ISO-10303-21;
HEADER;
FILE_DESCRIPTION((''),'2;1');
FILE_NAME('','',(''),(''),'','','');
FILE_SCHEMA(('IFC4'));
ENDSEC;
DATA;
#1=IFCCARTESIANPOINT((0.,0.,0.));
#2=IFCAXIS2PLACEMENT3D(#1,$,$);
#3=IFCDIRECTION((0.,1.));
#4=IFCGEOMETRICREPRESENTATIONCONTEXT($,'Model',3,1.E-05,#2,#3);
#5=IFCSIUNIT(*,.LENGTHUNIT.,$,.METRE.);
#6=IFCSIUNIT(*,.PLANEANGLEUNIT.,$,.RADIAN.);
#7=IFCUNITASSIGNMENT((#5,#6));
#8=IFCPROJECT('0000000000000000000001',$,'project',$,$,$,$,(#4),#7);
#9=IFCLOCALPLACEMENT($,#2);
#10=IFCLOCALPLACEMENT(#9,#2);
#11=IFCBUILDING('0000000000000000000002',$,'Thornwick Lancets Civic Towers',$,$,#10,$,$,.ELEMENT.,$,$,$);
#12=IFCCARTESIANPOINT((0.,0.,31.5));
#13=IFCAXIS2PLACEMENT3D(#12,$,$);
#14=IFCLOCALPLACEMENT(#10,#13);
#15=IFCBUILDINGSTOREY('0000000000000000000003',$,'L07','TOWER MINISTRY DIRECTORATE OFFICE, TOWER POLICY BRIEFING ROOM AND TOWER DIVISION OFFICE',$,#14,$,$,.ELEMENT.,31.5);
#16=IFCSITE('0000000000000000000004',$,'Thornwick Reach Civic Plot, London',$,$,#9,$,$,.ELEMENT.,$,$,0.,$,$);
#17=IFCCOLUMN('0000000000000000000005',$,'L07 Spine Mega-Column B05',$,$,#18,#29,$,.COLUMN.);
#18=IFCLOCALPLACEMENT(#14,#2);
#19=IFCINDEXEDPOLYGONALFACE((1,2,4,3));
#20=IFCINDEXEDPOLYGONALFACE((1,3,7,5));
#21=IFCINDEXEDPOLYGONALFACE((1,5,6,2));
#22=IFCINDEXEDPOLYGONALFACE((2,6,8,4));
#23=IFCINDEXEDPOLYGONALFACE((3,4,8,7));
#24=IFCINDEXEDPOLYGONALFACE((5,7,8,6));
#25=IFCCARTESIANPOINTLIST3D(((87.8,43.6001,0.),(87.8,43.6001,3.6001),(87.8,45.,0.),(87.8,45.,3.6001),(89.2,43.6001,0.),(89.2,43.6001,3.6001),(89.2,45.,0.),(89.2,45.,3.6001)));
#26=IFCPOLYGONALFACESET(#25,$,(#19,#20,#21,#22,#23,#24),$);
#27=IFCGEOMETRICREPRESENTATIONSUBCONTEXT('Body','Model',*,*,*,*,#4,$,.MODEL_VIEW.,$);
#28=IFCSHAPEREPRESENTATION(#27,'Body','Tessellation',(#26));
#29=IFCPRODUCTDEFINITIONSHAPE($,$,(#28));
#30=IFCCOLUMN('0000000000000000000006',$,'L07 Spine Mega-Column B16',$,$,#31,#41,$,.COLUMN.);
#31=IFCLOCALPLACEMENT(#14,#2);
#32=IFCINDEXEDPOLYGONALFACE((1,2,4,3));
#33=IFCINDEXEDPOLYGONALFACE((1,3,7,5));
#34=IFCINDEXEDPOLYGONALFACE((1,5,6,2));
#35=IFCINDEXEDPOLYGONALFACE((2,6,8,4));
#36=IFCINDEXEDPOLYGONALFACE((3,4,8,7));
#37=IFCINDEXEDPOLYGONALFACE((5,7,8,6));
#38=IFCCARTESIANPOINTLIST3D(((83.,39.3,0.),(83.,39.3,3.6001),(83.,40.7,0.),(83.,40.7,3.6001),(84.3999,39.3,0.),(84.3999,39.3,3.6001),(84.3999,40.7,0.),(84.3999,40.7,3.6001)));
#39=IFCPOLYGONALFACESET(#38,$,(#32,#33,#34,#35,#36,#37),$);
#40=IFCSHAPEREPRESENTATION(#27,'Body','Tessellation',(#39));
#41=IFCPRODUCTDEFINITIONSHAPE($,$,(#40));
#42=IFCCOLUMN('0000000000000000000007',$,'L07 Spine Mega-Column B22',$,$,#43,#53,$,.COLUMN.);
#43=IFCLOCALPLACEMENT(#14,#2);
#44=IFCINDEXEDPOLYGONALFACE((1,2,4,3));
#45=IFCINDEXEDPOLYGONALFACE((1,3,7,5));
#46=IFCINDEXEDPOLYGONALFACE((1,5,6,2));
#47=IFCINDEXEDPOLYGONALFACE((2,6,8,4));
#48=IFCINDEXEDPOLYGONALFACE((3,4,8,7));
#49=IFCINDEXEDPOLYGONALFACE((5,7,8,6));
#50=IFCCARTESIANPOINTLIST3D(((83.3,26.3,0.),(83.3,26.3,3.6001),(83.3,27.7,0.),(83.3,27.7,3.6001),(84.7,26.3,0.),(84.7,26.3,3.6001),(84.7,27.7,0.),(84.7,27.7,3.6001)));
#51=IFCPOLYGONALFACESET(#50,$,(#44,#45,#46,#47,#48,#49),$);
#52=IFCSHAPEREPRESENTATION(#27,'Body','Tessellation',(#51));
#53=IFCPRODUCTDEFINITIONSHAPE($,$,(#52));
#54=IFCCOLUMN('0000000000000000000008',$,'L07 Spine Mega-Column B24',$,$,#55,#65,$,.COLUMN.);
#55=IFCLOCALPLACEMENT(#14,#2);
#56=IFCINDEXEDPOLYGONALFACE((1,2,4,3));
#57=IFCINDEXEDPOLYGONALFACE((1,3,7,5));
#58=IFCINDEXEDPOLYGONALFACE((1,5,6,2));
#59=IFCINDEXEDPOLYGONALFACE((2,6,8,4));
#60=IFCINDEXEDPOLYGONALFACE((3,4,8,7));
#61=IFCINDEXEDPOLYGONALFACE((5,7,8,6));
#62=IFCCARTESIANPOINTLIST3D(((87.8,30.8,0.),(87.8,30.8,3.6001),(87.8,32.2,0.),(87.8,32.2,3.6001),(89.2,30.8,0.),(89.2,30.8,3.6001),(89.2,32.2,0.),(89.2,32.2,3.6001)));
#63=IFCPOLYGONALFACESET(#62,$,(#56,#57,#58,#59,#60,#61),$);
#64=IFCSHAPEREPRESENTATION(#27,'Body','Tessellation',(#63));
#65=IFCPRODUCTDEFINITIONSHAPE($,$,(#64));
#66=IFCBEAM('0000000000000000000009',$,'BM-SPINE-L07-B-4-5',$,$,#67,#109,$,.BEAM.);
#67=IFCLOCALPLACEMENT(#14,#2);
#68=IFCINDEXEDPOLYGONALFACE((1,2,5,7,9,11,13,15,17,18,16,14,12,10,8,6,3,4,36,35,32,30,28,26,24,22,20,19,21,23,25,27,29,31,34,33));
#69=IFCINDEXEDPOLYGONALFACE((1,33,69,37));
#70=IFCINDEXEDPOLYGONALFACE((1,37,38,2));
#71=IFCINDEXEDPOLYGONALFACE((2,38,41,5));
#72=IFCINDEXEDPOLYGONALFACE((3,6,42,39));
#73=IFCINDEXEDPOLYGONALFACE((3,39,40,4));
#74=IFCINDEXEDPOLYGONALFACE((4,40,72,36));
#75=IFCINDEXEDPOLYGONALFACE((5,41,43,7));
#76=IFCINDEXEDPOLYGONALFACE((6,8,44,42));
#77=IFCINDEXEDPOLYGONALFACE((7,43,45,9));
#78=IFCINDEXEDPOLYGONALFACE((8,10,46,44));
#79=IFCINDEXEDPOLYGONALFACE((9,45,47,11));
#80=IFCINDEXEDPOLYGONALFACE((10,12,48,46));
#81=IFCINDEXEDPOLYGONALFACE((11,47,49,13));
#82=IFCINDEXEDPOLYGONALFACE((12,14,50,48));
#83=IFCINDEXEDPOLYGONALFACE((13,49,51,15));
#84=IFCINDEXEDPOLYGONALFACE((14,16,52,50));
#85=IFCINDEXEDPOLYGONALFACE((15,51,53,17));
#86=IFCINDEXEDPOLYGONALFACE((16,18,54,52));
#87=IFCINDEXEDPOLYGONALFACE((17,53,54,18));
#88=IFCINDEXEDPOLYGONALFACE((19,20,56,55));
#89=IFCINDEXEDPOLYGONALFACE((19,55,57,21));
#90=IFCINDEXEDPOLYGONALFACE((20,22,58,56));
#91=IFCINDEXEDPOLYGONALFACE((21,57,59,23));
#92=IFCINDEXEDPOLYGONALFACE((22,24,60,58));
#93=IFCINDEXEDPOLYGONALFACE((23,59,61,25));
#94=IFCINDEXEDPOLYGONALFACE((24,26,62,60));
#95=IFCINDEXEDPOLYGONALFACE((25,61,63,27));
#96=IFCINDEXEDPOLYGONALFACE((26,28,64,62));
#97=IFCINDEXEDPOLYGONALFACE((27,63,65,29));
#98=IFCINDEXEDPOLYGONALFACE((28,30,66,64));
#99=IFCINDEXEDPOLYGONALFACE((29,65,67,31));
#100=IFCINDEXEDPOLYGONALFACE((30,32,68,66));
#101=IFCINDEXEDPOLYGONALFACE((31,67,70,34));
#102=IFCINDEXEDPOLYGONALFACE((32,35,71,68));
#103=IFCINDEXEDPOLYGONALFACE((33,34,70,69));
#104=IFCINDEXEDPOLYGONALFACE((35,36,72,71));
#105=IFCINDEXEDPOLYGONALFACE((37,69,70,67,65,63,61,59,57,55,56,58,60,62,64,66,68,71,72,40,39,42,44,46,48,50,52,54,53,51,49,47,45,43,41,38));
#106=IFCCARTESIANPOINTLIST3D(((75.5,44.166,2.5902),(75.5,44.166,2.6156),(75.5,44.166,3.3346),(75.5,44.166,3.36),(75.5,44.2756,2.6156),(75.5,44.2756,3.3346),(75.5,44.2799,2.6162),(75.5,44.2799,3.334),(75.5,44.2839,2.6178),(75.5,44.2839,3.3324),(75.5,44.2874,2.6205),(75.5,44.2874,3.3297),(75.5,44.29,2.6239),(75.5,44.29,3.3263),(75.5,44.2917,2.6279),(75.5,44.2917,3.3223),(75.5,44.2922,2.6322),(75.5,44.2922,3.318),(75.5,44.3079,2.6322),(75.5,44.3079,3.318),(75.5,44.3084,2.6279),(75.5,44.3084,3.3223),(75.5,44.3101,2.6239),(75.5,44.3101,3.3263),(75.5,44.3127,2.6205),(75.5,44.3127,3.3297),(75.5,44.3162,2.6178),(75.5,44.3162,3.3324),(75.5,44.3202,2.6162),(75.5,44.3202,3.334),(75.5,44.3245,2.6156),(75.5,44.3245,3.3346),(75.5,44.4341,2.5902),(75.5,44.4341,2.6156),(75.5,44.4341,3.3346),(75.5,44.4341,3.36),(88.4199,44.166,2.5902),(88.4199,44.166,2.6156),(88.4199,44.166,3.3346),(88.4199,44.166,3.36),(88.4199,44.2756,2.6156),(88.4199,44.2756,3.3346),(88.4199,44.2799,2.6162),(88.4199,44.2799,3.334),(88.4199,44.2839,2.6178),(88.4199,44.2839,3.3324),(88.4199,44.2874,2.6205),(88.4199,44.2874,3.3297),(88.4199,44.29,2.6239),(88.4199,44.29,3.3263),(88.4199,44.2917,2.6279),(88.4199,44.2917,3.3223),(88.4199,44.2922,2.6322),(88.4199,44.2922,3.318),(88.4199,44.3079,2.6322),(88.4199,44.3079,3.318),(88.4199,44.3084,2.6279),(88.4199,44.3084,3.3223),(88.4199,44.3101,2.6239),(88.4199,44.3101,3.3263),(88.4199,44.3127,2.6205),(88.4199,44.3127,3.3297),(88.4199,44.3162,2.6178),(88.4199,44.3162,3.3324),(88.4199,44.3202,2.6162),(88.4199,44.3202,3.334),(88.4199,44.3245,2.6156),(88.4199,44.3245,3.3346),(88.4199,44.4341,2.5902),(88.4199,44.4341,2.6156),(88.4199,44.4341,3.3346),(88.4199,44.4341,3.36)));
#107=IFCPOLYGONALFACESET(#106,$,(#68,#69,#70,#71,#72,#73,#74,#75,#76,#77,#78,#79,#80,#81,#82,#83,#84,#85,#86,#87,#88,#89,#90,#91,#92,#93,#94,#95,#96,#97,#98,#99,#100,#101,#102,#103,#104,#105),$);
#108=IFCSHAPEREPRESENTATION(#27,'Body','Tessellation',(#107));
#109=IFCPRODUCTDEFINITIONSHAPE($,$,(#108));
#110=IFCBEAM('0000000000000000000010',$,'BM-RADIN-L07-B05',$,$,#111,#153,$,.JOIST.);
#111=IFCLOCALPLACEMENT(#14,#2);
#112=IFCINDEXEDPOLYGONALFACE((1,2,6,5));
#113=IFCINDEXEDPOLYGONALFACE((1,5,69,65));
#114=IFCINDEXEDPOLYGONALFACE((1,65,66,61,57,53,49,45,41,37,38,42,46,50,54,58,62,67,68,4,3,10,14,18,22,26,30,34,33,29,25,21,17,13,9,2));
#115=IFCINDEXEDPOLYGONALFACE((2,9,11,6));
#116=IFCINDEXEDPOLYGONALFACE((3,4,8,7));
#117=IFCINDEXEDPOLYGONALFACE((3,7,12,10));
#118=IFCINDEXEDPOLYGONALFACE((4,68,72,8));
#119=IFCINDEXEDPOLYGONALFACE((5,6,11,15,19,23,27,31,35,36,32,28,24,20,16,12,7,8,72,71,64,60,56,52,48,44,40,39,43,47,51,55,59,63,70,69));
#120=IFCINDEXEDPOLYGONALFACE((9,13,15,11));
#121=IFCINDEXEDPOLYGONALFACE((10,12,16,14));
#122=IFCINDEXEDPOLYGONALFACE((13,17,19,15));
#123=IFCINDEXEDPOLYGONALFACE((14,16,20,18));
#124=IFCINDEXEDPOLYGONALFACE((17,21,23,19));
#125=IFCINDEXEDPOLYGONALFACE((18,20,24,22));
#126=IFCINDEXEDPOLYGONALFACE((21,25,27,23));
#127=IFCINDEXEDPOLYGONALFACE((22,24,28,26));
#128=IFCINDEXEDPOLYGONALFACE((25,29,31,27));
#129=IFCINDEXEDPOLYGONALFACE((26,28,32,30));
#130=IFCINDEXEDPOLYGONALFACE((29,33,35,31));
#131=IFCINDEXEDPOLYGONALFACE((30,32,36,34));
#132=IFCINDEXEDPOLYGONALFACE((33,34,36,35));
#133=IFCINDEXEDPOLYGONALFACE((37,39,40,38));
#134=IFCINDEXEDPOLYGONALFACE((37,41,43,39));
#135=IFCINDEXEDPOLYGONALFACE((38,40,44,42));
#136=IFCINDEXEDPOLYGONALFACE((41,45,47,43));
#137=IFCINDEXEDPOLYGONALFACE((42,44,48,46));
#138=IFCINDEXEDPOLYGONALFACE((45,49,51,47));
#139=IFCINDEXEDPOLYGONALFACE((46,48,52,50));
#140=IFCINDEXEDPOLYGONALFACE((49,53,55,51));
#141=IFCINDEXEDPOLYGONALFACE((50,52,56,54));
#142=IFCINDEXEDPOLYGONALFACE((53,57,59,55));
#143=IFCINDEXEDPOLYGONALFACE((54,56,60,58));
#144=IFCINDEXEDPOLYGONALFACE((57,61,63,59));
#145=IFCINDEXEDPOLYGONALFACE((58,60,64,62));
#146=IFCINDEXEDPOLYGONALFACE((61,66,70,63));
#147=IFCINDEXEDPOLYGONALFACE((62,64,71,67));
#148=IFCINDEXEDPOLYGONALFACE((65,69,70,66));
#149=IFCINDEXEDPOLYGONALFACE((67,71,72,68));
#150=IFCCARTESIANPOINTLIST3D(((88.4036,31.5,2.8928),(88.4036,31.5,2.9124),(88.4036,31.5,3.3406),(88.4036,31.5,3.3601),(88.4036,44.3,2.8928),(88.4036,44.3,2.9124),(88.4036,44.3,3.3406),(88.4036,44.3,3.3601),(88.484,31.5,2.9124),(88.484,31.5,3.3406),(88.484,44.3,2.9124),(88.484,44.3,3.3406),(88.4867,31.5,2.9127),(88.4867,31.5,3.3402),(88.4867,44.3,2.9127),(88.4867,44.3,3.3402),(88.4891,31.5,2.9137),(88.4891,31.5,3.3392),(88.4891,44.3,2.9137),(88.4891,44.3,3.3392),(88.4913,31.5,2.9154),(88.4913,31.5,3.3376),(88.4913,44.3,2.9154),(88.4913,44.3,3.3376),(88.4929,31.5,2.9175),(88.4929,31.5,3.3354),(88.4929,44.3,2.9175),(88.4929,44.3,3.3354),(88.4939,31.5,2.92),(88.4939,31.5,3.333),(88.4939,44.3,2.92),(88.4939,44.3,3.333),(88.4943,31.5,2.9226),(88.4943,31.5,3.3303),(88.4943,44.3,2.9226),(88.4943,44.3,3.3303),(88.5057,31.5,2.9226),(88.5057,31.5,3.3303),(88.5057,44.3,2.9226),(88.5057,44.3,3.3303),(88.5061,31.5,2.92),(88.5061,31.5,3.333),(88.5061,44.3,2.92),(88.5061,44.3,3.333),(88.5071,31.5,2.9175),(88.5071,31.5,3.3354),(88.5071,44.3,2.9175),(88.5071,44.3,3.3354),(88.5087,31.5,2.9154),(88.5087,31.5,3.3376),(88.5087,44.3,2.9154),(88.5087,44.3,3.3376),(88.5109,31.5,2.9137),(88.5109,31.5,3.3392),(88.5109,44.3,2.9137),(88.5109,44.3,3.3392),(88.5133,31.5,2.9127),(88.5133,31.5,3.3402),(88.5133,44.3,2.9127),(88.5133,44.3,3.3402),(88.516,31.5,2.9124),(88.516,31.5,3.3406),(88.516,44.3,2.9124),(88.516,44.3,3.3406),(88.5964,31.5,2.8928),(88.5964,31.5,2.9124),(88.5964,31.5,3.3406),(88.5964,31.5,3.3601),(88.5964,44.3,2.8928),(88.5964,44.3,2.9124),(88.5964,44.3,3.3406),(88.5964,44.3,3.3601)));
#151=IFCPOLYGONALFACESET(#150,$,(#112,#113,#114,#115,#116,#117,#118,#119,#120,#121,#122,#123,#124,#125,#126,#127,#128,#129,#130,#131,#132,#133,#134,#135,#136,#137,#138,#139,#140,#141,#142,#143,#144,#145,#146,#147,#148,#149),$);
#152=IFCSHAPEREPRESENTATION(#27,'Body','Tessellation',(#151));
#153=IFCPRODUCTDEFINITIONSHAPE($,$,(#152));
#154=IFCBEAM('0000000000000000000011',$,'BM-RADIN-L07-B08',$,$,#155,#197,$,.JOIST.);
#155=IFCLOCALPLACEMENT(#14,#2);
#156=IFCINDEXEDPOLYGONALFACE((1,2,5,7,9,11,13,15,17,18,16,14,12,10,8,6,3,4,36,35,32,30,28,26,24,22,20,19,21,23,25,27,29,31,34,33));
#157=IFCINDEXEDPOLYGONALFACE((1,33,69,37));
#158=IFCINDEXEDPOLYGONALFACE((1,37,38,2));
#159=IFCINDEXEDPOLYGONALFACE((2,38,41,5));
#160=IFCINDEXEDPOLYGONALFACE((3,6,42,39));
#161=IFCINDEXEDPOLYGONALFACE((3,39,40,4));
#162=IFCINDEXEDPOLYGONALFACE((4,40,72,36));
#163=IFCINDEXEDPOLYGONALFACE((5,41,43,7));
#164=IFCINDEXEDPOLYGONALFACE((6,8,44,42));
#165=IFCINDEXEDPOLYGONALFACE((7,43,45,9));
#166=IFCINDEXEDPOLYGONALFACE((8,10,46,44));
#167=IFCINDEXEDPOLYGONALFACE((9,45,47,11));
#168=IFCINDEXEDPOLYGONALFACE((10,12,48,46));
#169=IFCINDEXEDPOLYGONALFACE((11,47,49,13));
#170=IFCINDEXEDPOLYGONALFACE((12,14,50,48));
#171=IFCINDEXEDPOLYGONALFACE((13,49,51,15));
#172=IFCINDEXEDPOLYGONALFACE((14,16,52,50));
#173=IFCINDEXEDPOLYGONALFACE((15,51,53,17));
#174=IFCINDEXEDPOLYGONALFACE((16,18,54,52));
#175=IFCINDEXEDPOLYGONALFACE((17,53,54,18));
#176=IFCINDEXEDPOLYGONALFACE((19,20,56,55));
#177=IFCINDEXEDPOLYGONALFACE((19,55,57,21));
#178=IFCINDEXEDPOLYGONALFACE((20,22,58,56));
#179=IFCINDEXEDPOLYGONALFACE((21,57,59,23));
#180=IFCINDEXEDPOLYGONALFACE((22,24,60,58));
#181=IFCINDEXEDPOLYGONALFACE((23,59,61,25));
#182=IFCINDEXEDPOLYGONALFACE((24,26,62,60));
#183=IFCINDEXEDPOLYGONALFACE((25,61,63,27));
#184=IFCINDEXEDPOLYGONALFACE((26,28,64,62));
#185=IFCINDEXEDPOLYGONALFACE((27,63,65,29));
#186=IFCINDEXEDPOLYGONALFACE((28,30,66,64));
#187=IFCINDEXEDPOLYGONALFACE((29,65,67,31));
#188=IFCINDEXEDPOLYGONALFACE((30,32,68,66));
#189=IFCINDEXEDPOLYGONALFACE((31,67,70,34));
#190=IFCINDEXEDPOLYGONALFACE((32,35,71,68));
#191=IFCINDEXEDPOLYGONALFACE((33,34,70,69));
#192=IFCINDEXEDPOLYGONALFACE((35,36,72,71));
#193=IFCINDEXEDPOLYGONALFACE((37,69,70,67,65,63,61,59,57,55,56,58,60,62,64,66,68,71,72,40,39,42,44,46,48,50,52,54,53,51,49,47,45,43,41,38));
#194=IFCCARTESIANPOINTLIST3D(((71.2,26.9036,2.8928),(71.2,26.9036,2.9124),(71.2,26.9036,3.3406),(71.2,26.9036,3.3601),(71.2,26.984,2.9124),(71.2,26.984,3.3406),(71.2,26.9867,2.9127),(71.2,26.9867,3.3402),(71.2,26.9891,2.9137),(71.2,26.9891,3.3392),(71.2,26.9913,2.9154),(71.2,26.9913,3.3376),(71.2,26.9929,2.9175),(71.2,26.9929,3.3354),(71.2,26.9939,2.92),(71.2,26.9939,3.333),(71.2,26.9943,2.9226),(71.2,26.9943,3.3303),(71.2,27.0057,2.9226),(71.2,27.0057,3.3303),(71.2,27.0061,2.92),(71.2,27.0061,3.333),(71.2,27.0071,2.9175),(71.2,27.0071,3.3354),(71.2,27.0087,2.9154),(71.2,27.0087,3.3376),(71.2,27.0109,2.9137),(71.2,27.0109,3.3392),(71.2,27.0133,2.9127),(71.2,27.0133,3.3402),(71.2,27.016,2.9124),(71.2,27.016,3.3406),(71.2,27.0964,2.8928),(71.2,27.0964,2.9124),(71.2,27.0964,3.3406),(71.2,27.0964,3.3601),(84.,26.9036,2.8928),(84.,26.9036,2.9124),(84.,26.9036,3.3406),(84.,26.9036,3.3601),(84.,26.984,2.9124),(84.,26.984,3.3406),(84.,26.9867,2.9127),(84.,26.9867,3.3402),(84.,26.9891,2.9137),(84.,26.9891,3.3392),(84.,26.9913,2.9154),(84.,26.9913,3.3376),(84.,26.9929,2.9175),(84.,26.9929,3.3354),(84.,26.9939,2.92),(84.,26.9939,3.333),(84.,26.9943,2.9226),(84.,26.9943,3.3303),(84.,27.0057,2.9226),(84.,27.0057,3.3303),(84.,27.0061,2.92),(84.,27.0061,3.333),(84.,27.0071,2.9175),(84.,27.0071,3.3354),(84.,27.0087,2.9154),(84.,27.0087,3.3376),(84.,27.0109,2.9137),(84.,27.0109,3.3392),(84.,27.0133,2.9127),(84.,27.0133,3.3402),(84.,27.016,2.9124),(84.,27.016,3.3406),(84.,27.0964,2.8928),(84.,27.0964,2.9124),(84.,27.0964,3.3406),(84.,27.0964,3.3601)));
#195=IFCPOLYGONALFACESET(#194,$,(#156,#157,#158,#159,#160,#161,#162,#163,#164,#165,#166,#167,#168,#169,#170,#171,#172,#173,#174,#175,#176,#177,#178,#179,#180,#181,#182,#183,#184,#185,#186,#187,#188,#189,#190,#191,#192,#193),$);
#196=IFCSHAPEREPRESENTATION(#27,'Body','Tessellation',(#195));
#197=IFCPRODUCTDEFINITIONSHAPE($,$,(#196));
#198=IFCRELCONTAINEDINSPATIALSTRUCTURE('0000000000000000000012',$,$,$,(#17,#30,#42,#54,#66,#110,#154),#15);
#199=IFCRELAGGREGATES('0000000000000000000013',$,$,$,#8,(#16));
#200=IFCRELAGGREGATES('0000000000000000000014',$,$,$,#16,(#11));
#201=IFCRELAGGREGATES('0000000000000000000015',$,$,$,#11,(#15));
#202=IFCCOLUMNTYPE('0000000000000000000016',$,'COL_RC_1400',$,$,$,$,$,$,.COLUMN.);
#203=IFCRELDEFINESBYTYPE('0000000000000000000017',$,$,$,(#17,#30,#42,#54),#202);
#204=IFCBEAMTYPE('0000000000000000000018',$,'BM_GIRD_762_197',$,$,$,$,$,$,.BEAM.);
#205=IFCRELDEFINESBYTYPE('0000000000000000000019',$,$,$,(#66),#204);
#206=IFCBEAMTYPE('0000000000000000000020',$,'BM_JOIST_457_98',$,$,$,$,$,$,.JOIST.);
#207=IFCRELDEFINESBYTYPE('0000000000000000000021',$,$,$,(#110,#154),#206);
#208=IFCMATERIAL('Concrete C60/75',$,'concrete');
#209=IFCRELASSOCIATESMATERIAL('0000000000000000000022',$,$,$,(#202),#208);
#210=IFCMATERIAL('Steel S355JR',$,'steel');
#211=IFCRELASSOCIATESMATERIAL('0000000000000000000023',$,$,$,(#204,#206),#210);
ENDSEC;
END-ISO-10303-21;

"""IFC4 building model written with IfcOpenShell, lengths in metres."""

from ifc_helpers import new_model, si_unit, direction, frame, origin, origin_2d, place, context, subcontext, project, spatial, rectangle, i_section, extrude, material, material_profile, profile_set, type_object, element, save


model = new_model("IFC4")

# Units and contexts
model_context = context("Model", 3, precision=1e-05, world=origin(), true_north=direction((0.0, 1.0)))
body_context = subcontext(model_context, "Body", "Model", "MODEL_VIEW")
ifc_project = project(units=[si_unit("LENGTHUNIT", "METRE"), si_unit("PLANEANGLEUNIT", "RADIAN")], contexts=[model_context])

# Site, building, storey
site_placement = place(None, origin())
site = spatial("IfcSite", under=ifc_project, at=site_placement, Name="Thornwick Reach Civic Plot, London", CompositionType="ELEMENT", RefElevation=0.0)
building_placement = place(site_placement, origin())
building = spatial("IfcBuilding", under=site, at=building_placement, Name="Thornwick Lancets Civic Towers", CompositionType="ELEMENT")
storey_placement = place(building_placement, frame((0.0, 0.0, 31.5)))
storey = spatial("IfcBuildingStorey", under=building, at=storey_placement, Name="L07", Description="TOWER MINISTRY DIRECTORATE OFFICE, TOWER POLICY BRIEFING ROOM AND TOWER DIVISION OFFICE", CompositionType="ELEMENT", Elevation=31.5)

# Columns
ifc_material_1 = material(Name="Concrete C60/75", Category="concrete")
ifc_material_profile_1 = material_profile(ifc_material_1, rectangle(XDim=1.3999, YDim=1.3999, at=origin_2d()), Name="RC 1400x1400")
ifc_profile_set_1 = profile_set([ifc_material_profile_1], Name="Concrete C60/75")
column_type = type_object("IfcColumnType", Name="COL_RC_1400", PredefinedType="COLUMN", material=ifc_profile_set_1)
for number, where, z_axis, x_axis, name in (
    (1, (88.5, 44.3, 0.0), (0.0, 0.0, 1.0), (1.0, 0.0, 0.0), "L07 Spine Mega-Column B05"),
    (2, (83.7, 40.0, 0.0), (0.0, 0.0, 1.0), (1.0, 0.0, 0.0), "L07 Spine Mega-Column B16"),
    (3, (84.0, 27.0, 0.0), (0.0, 0.0, 1.0), (1.0, 0.0, 0.0), "L07 Spine Mega-Column B22"),
    (4, (88.5, 31.5, 0.0), (0.0, 0.0, 1.0), (1.0, 0.0, 0.0), "L07 Spine Mega-Column B24"),
):
    element("IfcColumn", number, at=place(storey_placement, frame(where, z_axis=z_axis, x_axis=x_axis)), inside=storey, type_object=column_type, Name=name, PredefinedType="COLUMN", context=body_context, shape_type="SweptSolid", body=[
        extrude(rectangle(XDim=1.3999, YDim=1.3999, at=origin_2d()), origin(), (0.0, 0.0, 1.0), 3.6001),
    ])

# Beams
ifc_material_2 = material(Name="Steel S355JR", Category="steel")
ifc_material_profile_2 = material_profile(ifc_material_2, i_section(OverallWidth=0.2681, OverallDepth=0.7698, WebThickness=0.0156, FlangeThickness=0.0254, FilletRadius=0.0166, at=origin_2d()), Name="UKB 762x267x197")
ifc_profile_set_2 = profile_set([ifc_material_profile_2], Name="Steel S355JR")
beam_type_1 = type_object("IfcBeamType", Name="BM_GIRD_762_197", PredefinedType="BEAM", material=ifc_profile_set_2)
beam_1_placement = place(storey_placement, frame((88.4199, 44.3, 2.9751), z_axis=(-1.0, 0.0, 0.0), x_axis=(0.0, -1.0, 0.0)))
element("IfcBeam", 5, at=beam_1_placement, inside=storey, type_object=beam_type_1, Name="BM-SPINE-L07-B-4-5", PredefinedType="BEAM", context=body_context, shape_type="SweptSolid", body=[
    extrude(i_section(OverallWidth=0.2681, OverallDepth=0.7698, WebThickness=0.0156, FlangeThickness=0.0254, FilletRadius=0.0166, at=origin_2d()), origin(), (0.0, 0.0, 1.0), 12.9199),
])
ifc_material_profile_3 = material_profile(ifc_material_2, i_section(OverallWidth=0.1929, OverallDepth=0.4673, WebThickness=0.0115, FlangeThickness=0.0195, FilletRadius=0.0103, at=origin_2d()), Name="UKB 457x191x98")
ifc_profile_set_3 = profile_set([ifc_material_profile_3], Name="Steel S355JR")
beam_type_2 = type_object("IfcBeamType", Name="BM_JOIST_457_98", PredefinedType="JOIST", material=ifc_profile_set_3)
for number, where, z_axis, x_axis, name in (
    (6, (88.5, 31.5, 3.1265), (0.0, 1.0, 0.0), (-1.0, 0.0, 0.0), "BM-RADIN-L07-B05"),
    (7, (84.0, 27.0, 3.1265), (-1.0, 0.0, 0.0), (0.0, -1.0, 0.0), "BM-RADIN-L07-B08"),
):
    element("IfcBeam", number, at=place(storey_placement, frame(where, z_axis=z_axis, x_axis=x_axis)), inside=storey, type_object=beam_type_2, Name=name, PredefinedType="JOIST", context=body_context, shape_type="SweptSolid", body=[
        extrude(i_section(OverallWidth=0.1929, OverallDepth=0.4673, WebThickness=0.0115, FlangeThickness=0.0195, FilletRadius=0.0103, at=origin_2d()), origin(), (0.0, 0.0, 1.0), 12.8),
    ])

save(model, "model.ifc")
